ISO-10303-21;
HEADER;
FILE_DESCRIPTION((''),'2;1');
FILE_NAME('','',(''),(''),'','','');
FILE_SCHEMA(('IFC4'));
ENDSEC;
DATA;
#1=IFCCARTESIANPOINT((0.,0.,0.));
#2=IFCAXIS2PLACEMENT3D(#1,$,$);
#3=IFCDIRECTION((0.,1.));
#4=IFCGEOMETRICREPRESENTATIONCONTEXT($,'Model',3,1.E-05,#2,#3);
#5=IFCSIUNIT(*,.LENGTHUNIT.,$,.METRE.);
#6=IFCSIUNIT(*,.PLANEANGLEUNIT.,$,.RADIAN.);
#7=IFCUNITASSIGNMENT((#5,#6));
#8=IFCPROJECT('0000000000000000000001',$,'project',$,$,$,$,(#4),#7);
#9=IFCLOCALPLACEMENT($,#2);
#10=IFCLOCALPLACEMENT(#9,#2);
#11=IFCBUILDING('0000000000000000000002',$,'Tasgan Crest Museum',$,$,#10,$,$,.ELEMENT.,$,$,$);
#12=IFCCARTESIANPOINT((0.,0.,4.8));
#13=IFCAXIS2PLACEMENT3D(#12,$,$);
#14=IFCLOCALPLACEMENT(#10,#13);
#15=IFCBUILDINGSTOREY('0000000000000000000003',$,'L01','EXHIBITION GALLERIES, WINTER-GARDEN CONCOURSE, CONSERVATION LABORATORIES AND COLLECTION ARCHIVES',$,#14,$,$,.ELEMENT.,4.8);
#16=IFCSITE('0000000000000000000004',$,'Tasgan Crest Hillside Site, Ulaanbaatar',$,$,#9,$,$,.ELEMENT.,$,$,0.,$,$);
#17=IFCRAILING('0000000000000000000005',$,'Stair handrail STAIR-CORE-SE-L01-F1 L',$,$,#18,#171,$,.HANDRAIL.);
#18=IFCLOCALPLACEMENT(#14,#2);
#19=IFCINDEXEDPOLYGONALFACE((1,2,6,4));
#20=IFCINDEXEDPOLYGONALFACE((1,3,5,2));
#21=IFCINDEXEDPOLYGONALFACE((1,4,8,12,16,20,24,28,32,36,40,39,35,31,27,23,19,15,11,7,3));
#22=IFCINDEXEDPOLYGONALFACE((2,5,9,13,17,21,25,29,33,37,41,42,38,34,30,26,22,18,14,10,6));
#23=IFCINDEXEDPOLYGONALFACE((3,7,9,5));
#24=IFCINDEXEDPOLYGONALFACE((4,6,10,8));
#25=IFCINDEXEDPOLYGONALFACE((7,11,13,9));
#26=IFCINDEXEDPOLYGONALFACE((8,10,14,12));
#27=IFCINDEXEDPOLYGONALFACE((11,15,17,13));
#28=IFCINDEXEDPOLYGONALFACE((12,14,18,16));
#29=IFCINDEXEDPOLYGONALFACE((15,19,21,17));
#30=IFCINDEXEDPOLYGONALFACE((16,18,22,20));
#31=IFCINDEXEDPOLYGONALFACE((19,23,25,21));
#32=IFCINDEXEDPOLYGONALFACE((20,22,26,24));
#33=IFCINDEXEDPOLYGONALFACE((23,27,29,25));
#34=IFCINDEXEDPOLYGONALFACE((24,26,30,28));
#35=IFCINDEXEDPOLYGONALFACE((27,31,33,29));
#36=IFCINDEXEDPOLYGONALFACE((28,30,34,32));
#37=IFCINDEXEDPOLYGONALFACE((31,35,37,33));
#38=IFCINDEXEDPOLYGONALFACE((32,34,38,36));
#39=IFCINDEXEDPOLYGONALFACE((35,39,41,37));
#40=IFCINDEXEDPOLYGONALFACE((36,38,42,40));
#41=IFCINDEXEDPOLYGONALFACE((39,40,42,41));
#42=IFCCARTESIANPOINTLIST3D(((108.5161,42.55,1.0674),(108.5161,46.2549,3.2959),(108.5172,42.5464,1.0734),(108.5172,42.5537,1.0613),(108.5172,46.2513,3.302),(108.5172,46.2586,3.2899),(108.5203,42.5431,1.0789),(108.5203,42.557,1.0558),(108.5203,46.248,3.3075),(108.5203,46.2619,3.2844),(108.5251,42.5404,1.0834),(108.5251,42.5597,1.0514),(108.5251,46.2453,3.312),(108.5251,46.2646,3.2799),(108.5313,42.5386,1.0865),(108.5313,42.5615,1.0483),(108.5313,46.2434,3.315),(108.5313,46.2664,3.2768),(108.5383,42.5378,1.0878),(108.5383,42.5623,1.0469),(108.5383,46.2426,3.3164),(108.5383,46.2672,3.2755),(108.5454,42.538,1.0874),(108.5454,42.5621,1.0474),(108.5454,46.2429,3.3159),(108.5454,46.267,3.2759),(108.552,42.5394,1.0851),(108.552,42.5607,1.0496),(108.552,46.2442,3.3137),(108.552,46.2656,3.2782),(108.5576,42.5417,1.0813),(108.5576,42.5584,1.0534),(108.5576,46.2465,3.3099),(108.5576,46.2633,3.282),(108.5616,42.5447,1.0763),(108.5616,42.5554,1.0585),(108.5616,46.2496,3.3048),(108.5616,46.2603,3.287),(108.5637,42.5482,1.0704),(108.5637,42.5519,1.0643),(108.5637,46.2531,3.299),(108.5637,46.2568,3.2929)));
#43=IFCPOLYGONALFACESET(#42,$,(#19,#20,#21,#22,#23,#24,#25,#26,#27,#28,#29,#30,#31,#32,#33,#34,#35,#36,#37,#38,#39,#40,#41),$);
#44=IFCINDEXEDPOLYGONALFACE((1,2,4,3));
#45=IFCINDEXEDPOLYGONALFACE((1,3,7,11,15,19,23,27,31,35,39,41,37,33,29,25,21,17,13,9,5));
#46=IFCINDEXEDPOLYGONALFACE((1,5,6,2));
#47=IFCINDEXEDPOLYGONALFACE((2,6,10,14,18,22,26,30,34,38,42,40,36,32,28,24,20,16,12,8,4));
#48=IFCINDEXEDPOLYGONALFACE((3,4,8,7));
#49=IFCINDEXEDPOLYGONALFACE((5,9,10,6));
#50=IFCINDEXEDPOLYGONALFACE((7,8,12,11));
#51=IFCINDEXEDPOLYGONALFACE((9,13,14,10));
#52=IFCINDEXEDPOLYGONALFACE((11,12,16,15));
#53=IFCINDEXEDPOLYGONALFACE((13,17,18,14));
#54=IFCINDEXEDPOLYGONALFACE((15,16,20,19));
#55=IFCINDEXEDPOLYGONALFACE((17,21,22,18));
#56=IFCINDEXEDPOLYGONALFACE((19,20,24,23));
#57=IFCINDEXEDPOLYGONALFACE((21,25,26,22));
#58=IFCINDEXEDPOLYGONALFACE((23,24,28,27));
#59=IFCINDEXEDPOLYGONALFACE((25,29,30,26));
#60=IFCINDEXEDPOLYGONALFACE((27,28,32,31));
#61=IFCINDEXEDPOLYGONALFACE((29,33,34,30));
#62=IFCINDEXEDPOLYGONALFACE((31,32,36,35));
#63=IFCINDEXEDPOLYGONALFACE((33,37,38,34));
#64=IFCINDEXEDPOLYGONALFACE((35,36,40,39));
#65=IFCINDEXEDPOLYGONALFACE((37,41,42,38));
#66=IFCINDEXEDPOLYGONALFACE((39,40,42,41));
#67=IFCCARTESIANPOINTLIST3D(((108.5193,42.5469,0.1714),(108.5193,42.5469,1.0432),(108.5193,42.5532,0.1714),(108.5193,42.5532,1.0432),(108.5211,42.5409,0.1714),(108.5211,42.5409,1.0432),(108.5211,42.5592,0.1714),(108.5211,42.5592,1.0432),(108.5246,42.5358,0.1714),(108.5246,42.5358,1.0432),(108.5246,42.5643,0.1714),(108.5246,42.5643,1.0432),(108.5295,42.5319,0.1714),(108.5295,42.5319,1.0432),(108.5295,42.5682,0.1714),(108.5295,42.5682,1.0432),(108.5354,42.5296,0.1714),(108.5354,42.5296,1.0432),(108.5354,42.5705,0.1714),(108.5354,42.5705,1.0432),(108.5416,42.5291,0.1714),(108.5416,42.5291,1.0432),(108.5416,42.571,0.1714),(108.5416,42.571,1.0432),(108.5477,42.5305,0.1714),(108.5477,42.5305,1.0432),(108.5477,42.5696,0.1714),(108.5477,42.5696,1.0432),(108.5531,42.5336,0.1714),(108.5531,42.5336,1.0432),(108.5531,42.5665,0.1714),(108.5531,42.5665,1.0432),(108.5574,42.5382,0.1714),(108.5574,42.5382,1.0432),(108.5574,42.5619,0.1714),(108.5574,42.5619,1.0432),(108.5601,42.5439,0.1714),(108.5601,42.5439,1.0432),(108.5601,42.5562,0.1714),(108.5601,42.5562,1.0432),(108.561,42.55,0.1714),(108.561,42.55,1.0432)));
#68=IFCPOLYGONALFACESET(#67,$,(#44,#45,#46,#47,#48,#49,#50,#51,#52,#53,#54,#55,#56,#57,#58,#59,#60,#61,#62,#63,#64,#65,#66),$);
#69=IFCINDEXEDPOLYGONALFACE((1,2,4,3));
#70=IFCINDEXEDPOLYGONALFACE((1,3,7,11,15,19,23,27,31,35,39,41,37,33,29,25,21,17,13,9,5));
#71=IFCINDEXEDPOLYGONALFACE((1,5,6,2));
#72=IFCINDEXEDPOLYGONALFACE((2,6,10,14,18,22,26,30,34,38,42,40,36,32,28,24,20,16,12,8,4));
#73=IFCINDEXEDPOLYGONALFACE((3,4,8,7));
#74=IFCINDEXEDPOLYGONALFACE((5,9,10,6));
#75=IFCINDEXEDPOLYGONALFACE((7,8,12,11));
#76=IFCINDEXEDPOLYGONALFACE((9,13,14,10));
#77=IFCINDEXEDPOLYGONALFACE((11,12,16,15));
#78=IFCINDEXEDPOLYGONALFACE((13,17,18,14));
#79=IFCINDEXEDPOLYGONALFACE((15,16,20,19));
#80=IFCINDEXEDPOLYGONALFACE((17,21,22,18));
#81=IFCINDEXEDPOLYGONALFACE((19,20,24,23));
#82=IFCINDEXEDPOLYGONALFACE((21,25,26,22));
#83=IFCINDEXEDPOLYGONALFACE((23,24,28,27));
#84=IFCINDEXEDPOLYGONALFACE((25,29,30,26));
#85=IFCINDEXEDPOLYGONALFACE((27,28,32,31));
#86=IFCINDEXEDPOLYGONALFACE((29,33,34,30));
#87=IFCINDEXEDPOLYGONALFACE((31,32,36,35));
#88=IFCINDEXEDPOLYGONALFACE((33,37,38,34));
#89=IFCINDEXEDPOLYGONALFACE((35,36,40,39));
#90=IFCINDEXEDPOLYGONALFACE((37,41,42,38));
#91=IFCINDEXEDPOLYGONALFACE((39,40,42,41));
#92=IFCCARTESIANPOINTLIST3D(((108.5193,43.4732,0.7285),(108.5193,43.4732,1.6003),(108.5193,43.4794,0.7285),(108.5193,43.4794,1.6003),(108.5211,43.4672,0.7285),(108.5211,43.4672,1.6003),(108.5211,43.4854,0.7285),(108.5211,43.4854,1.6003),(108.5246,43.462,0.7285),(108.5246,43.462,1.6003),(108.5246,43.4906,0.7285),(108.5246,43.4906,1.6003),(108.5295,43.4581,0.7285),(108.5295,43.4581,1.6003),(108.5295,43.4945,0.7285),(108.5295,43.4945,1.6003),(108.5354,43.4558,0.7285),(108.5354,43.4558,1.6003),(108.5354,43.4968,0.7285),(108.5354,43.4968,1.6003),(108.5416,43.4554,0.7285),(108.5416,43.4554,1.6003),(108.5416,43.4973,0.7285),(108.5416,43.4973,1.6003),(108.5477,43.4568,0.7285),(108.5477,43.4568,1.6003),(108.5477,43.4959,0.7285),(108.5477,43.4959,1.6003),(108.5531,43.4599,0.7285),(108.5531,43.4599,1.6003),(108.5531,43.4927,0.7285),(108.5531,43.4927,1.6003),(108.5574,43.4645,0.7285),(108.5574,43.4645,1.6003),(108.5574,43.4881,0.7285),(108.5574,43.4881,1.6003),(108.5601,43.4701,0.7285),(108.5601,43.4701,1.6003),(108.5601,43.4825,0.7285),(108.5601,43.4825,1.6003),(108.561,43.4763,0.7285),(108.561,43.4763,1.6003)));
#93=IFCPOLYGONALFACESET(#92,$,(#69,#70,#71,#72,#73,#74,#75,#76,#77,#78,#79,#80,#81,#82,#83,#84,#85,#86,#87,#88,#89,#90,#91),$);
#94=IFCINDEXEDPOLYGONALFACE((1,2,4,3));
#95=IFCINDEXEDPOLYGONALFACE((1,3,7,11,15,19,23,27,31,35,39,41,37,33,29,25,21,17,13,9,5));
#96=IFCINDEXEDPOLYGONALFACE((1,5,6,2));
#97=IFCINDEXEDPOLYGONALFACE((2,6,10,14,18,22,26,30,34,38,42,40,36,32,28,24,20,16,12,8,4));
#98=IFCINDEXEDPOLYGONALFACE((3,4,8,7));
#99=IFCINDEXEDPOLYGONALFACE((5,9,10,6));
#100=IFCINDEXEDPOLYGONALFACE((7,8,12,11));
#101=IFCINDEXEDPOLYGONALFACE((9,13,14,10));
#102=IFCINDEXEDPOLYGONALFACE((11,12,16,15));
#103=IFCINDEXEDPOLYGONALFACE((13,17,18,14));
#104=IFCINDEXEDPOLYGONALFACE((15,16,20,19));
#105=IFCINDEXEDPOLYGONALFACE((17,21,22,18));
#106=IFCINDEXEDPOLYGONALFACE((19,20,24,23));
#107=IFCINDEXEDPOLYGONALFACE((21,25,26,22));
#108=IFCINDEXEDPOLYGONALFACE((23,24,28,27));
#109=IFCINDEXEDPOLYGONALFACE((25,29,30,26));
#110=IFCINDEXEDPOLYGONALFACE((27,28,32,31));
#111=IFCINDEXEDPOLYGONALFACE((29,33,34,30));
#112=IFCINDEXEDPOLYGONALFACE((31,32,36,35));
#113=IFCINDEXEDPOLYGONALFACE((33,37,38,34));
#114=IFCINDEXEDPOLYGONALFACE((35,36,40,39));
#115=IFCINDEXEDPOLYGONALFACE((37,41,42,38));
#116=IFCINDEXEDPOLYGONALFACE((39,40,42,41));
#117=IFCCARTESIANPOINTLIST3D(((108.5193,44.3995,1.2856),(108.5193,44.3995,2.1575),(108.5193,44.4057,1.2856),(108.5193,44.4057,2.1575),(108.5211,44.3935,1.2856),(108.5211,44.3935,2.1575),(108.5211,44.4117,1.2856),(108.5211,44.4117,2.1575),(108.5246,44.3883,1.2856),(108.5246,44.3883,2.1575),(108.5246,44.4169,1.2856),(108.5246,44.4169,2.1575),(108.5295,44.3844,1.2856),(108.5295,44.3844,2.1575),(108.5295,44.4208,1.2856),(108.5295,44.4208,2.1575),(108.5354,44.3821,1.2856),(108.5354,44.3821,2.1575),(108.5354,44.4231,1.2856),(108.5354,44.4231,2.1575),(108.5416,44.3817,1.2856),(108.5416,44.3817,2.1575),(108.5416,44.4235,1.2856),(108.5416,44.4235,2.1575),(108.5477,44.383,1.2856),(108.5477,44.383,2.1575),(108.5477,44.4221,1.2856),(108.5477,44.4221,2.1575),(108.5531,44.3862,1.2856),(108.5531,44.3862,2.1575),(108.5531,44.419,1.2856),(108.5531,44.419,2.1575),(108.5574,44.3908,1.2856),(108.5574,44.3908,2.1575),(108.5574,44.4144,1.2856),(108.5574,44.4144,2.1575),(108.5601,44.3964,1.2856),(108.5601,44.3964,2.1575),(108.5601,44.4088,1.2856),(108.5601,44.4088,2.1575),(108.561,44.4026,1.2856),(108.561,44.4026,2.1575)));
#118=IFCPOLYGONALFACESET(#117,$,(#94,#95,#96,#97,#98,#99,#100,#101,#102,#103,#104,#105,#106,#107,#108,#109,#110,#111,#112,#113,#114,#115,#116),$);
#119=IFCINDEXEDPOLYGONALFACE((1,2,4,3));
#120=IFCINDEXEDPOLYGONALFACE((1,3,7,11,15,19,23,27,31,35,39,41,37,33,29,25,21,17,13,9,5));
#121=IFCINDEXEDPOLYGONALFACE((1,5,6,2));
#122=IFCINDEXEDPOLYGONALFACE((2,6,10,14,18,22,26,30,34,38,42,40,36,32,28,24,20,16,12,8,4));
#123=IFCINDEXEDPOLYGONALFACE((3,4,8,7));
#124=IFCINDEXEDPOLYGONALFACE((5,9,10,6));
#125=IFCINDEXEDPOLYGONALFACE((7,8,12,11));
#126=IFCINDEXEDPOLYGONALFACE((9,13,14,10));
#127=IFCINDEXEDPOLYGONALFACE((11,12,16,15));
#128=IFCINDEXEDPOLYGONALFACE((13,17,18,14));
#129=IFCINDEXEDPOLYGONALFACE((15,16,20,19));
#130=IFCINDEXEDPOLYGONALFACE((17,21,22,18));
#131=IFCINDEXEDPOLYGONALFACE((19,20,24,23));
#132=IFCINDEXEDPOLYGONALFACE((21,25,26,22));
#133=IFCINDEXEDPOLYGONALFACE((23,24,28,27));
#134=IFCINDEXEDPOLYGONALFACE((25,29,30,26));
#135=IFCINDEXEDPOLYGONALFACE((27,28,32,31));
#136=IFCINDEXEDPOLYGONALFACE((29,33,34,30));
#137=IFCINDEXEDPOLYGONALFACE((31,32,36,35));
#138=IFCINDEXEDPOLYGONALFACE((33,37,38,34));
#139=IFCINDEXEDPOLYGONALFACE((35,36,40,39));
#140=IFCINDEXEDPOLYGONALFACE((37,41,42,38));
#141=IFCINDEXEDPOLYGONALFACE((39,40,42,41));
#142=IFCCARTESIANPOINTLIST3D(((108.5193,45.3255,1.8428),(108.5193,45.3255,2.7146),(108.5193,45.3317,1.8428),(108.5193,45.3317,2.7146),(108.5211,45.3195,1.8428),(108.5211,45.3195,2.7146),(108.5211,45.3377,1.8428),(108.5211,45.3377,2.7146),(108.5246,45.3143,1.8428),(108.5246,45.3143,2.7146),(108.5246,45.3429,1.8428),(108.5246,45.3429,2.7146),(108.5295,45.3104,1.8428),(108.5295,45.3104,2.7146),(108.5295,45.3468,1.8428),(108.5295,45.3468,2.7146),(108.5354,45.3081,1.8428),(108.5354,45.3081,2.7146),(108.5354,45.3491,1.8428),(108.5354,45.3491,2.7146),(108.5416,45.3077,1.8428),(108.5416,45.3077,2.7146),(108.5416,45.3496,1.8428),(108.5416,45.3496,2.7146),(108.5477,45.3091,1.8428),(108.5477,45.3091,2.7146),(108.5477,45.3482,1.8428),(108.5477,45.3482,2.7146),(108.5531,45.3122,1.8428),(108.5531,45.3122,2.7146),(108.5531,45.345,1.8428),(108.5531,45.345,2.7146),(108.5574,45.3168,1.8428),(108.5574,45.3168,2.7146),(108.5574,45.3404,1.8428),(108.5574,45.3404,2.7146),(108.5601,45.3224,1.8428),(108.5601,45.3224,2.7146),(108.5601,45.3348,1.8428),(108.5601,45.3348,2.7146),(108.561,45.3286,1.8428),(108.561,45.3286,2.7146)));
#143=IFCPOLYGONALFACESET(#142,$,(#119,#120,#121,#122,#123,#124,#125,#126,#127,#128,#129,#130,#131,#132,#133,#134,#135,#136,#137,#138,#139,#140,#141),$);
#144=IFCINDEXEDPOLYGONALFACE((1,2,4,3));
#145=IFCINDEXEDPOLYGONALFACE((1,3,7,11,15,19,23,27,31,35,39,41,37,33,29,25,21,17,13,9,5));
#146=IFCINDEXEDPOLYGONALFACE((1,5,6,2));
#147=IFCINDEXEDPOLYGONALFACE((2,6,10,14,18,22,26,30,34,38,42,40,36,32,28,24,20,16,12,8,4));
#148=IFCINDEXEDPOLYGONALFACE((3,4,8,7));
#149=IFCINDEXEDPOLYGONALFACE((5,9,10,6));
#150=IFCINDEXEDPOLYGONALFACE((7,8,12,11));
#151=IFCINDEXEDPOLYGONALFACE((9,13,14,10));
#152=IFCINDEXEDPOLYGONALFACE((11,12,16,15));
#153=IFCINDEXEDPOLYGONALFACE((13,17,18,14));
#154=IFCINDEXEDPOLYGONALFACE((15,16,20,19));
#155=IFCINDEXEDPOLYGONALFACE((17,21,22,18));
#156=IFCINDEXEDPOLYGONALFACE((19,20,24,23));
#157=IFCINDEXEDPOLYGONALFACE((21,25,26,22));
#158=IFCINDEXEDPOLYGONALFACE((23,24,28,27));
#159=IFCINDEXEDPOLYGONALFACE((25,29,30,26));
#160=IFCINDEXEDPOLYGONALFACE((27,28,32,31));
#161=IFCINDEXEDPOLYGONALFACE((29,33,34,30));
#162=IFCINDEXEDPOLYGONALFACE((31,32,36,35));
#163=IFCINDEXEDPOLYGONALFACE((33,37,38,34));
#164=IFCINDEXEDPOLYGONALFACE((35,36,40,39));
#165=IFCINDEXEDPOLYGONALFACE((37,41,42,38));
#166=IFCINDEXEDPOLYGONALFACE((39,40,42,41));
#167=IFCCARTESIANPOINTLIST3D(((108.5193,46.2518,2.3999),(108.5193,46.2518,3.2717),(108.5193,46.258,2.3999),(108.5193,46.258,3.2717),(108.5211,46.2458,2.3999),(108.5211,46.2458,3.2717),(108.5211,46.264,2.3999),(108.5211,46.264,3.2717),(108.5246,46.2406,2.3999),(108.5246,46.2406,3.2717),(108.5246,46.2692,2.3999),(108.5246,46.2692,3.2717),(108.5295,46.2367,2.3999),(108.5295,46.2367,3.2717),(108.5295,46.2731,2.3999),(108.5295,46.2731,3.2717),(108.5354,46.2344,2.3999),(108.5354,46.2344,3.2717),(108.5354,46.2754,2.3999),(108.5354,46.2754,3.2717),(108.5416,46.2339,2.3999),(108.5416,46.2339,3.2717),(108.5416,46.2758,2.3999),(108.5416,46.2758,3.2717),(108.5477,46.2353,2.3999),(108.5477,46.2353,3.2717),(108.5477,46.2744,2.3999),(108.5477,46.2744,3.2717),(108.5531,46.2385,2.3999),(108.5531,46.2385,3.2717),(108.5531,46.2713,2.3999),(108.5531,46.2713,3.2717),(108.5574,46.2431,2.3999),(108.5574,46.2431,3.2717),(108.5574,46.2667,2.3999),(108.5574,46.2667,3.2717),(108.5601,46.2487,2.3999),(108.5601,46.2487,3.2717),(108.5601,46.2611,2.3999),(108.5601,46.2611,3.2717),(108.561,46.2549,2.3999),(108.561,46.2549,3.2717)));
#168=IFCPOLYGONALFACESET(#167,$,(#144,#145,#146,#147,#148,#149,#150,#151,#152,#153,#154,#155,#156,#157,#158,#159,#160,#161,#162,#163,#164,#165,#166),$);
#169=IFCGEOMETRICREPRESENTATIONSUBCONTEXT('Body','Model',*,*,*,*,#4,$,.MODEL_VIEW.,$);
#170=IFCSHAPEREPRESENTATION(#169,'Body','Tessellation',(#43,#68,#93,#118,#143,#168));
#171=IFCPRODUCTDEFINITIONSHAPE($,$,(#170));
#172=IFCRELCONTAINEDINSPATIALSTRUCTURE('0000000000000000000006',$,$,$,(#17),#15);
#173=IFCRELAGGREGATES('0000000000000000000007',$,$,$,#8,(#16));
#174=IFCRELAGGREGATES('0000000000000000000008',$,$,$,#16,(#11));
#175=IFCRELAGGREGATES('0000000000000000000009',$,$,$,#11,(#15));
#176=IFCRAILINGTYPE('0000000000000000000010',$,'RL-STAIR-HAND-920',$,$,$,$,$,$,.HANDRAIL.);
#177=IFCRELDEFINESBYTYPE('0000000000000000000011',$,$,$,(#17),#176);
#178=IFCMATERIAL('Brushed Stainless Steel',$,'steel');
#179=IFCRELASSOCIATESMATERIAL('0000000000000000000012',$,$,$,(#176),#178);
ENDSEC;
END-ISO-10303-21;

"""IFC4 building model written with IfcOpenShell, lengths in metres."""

from ifc_helpers import new_model, si_unit, direction, frame, origin, origin_2d, place, context, subcontext, project, spatial, circle, extrude, material, type_object, element, save


model = new_model("IFC4")

# Units and contexts
model_context = context("Model", 3, precision=1e-05, world=origin(), true_north=direction((0.0, 1.0)))
body_context = subcontext(model_context, "Body", "Model", "MODEL_VIEW")
ifc_project = project(units=[si_unit("LENGTHUNIT", "METRE"), si_unit("PLANEANGLEUNIT", "RADIAN")], contexts=[model_context])

# Site, building, storey
site_placement = place(None, origin())
site = spatial("IfcSite", under=ifc_project, at=site_placement, Name="Tasgan Crest Hillside Site, Ulaanbaatar", CompositionType="ELEMENT", RefElevation=0.0)
building_placement = place(site_placement, origin())
building = spatial("IfcBuilding", under=site, at=building_placement, Name="Tasgan Crest Museum", CompositionType="ELEMENT")
storey_placement = place(building_placement, frame((0.0, 0.0, 4.8)))
storey = spatial("IfcBuildingStorey", under=building, at=storey_placement, Name="L01", Description="EXHIBITION GALLERIES, WINTER-GARDEN CONCOURSE, CONSERVATION LABORATORIES AND COLLECTION ARCHIVES", CompositionType="ELEMENT", Elevation=4.8)

# Railing
ifc_material_1 = material(Name="Brushed Stainless Steel", Category="steel")
railing_type_1 = type_object("IfcRailingType", Name="RL-STAIR-HAND-920", PredefinedType="HANDRAIL", material=ifc_material_1)
for number, where, name in (
    (1, (108.54, 42.55, 0.1714), "Stair handrail STAIR-CORE-SE-L01-F1 L"),
):
    element("IfcRailing", number, at=place(storey_placement, frame(where)), inside=storey, type_object=railing_type_1, Name=name, PredefinedType="HANDRAIL", context=body_context, shape_type="SweptSolid", body=[
        extrude(circle(Radius=0.0239, at=origin_2d()), frame((0.0, 0.0, 0.896), z_axis=(0.0, 0.856919, 0.51545), x_axis=(-1.0, 0.0, 0.0)), (0.0, 0.0, 1.0), 4.3235),
        extrude(circle(Radius=0.021, at=origin_2d()), origin(), (0.0, 0.0, 1.0), 0.8718),
        extrude(circle(Radius=0.021, at=origin_2d()), frame((0.0, 0.9263, 0.5571)), (0.0, 0.0, 1.0), 0.8718),
        extrude(circle(Radius=0.021, at=origin_2d()), frame((0.0, 1.8525, 1.1143)), (0.0, 0.0, 1.0), 0.8718),
        extrude(circle(Radius=0.021, at=origin_2d()), frame((0.0, 2.7786, 1.6714)), (0.0, 0.0, 1.0), 0.8718),
        extrude(circle(Radius=0.021, at=origin_2d()), frame((0.0, 3.7048, 2.2285)), (0.0, 0.0, 1.0), 0.8718),
    ])

save(model, "model.ifc")
